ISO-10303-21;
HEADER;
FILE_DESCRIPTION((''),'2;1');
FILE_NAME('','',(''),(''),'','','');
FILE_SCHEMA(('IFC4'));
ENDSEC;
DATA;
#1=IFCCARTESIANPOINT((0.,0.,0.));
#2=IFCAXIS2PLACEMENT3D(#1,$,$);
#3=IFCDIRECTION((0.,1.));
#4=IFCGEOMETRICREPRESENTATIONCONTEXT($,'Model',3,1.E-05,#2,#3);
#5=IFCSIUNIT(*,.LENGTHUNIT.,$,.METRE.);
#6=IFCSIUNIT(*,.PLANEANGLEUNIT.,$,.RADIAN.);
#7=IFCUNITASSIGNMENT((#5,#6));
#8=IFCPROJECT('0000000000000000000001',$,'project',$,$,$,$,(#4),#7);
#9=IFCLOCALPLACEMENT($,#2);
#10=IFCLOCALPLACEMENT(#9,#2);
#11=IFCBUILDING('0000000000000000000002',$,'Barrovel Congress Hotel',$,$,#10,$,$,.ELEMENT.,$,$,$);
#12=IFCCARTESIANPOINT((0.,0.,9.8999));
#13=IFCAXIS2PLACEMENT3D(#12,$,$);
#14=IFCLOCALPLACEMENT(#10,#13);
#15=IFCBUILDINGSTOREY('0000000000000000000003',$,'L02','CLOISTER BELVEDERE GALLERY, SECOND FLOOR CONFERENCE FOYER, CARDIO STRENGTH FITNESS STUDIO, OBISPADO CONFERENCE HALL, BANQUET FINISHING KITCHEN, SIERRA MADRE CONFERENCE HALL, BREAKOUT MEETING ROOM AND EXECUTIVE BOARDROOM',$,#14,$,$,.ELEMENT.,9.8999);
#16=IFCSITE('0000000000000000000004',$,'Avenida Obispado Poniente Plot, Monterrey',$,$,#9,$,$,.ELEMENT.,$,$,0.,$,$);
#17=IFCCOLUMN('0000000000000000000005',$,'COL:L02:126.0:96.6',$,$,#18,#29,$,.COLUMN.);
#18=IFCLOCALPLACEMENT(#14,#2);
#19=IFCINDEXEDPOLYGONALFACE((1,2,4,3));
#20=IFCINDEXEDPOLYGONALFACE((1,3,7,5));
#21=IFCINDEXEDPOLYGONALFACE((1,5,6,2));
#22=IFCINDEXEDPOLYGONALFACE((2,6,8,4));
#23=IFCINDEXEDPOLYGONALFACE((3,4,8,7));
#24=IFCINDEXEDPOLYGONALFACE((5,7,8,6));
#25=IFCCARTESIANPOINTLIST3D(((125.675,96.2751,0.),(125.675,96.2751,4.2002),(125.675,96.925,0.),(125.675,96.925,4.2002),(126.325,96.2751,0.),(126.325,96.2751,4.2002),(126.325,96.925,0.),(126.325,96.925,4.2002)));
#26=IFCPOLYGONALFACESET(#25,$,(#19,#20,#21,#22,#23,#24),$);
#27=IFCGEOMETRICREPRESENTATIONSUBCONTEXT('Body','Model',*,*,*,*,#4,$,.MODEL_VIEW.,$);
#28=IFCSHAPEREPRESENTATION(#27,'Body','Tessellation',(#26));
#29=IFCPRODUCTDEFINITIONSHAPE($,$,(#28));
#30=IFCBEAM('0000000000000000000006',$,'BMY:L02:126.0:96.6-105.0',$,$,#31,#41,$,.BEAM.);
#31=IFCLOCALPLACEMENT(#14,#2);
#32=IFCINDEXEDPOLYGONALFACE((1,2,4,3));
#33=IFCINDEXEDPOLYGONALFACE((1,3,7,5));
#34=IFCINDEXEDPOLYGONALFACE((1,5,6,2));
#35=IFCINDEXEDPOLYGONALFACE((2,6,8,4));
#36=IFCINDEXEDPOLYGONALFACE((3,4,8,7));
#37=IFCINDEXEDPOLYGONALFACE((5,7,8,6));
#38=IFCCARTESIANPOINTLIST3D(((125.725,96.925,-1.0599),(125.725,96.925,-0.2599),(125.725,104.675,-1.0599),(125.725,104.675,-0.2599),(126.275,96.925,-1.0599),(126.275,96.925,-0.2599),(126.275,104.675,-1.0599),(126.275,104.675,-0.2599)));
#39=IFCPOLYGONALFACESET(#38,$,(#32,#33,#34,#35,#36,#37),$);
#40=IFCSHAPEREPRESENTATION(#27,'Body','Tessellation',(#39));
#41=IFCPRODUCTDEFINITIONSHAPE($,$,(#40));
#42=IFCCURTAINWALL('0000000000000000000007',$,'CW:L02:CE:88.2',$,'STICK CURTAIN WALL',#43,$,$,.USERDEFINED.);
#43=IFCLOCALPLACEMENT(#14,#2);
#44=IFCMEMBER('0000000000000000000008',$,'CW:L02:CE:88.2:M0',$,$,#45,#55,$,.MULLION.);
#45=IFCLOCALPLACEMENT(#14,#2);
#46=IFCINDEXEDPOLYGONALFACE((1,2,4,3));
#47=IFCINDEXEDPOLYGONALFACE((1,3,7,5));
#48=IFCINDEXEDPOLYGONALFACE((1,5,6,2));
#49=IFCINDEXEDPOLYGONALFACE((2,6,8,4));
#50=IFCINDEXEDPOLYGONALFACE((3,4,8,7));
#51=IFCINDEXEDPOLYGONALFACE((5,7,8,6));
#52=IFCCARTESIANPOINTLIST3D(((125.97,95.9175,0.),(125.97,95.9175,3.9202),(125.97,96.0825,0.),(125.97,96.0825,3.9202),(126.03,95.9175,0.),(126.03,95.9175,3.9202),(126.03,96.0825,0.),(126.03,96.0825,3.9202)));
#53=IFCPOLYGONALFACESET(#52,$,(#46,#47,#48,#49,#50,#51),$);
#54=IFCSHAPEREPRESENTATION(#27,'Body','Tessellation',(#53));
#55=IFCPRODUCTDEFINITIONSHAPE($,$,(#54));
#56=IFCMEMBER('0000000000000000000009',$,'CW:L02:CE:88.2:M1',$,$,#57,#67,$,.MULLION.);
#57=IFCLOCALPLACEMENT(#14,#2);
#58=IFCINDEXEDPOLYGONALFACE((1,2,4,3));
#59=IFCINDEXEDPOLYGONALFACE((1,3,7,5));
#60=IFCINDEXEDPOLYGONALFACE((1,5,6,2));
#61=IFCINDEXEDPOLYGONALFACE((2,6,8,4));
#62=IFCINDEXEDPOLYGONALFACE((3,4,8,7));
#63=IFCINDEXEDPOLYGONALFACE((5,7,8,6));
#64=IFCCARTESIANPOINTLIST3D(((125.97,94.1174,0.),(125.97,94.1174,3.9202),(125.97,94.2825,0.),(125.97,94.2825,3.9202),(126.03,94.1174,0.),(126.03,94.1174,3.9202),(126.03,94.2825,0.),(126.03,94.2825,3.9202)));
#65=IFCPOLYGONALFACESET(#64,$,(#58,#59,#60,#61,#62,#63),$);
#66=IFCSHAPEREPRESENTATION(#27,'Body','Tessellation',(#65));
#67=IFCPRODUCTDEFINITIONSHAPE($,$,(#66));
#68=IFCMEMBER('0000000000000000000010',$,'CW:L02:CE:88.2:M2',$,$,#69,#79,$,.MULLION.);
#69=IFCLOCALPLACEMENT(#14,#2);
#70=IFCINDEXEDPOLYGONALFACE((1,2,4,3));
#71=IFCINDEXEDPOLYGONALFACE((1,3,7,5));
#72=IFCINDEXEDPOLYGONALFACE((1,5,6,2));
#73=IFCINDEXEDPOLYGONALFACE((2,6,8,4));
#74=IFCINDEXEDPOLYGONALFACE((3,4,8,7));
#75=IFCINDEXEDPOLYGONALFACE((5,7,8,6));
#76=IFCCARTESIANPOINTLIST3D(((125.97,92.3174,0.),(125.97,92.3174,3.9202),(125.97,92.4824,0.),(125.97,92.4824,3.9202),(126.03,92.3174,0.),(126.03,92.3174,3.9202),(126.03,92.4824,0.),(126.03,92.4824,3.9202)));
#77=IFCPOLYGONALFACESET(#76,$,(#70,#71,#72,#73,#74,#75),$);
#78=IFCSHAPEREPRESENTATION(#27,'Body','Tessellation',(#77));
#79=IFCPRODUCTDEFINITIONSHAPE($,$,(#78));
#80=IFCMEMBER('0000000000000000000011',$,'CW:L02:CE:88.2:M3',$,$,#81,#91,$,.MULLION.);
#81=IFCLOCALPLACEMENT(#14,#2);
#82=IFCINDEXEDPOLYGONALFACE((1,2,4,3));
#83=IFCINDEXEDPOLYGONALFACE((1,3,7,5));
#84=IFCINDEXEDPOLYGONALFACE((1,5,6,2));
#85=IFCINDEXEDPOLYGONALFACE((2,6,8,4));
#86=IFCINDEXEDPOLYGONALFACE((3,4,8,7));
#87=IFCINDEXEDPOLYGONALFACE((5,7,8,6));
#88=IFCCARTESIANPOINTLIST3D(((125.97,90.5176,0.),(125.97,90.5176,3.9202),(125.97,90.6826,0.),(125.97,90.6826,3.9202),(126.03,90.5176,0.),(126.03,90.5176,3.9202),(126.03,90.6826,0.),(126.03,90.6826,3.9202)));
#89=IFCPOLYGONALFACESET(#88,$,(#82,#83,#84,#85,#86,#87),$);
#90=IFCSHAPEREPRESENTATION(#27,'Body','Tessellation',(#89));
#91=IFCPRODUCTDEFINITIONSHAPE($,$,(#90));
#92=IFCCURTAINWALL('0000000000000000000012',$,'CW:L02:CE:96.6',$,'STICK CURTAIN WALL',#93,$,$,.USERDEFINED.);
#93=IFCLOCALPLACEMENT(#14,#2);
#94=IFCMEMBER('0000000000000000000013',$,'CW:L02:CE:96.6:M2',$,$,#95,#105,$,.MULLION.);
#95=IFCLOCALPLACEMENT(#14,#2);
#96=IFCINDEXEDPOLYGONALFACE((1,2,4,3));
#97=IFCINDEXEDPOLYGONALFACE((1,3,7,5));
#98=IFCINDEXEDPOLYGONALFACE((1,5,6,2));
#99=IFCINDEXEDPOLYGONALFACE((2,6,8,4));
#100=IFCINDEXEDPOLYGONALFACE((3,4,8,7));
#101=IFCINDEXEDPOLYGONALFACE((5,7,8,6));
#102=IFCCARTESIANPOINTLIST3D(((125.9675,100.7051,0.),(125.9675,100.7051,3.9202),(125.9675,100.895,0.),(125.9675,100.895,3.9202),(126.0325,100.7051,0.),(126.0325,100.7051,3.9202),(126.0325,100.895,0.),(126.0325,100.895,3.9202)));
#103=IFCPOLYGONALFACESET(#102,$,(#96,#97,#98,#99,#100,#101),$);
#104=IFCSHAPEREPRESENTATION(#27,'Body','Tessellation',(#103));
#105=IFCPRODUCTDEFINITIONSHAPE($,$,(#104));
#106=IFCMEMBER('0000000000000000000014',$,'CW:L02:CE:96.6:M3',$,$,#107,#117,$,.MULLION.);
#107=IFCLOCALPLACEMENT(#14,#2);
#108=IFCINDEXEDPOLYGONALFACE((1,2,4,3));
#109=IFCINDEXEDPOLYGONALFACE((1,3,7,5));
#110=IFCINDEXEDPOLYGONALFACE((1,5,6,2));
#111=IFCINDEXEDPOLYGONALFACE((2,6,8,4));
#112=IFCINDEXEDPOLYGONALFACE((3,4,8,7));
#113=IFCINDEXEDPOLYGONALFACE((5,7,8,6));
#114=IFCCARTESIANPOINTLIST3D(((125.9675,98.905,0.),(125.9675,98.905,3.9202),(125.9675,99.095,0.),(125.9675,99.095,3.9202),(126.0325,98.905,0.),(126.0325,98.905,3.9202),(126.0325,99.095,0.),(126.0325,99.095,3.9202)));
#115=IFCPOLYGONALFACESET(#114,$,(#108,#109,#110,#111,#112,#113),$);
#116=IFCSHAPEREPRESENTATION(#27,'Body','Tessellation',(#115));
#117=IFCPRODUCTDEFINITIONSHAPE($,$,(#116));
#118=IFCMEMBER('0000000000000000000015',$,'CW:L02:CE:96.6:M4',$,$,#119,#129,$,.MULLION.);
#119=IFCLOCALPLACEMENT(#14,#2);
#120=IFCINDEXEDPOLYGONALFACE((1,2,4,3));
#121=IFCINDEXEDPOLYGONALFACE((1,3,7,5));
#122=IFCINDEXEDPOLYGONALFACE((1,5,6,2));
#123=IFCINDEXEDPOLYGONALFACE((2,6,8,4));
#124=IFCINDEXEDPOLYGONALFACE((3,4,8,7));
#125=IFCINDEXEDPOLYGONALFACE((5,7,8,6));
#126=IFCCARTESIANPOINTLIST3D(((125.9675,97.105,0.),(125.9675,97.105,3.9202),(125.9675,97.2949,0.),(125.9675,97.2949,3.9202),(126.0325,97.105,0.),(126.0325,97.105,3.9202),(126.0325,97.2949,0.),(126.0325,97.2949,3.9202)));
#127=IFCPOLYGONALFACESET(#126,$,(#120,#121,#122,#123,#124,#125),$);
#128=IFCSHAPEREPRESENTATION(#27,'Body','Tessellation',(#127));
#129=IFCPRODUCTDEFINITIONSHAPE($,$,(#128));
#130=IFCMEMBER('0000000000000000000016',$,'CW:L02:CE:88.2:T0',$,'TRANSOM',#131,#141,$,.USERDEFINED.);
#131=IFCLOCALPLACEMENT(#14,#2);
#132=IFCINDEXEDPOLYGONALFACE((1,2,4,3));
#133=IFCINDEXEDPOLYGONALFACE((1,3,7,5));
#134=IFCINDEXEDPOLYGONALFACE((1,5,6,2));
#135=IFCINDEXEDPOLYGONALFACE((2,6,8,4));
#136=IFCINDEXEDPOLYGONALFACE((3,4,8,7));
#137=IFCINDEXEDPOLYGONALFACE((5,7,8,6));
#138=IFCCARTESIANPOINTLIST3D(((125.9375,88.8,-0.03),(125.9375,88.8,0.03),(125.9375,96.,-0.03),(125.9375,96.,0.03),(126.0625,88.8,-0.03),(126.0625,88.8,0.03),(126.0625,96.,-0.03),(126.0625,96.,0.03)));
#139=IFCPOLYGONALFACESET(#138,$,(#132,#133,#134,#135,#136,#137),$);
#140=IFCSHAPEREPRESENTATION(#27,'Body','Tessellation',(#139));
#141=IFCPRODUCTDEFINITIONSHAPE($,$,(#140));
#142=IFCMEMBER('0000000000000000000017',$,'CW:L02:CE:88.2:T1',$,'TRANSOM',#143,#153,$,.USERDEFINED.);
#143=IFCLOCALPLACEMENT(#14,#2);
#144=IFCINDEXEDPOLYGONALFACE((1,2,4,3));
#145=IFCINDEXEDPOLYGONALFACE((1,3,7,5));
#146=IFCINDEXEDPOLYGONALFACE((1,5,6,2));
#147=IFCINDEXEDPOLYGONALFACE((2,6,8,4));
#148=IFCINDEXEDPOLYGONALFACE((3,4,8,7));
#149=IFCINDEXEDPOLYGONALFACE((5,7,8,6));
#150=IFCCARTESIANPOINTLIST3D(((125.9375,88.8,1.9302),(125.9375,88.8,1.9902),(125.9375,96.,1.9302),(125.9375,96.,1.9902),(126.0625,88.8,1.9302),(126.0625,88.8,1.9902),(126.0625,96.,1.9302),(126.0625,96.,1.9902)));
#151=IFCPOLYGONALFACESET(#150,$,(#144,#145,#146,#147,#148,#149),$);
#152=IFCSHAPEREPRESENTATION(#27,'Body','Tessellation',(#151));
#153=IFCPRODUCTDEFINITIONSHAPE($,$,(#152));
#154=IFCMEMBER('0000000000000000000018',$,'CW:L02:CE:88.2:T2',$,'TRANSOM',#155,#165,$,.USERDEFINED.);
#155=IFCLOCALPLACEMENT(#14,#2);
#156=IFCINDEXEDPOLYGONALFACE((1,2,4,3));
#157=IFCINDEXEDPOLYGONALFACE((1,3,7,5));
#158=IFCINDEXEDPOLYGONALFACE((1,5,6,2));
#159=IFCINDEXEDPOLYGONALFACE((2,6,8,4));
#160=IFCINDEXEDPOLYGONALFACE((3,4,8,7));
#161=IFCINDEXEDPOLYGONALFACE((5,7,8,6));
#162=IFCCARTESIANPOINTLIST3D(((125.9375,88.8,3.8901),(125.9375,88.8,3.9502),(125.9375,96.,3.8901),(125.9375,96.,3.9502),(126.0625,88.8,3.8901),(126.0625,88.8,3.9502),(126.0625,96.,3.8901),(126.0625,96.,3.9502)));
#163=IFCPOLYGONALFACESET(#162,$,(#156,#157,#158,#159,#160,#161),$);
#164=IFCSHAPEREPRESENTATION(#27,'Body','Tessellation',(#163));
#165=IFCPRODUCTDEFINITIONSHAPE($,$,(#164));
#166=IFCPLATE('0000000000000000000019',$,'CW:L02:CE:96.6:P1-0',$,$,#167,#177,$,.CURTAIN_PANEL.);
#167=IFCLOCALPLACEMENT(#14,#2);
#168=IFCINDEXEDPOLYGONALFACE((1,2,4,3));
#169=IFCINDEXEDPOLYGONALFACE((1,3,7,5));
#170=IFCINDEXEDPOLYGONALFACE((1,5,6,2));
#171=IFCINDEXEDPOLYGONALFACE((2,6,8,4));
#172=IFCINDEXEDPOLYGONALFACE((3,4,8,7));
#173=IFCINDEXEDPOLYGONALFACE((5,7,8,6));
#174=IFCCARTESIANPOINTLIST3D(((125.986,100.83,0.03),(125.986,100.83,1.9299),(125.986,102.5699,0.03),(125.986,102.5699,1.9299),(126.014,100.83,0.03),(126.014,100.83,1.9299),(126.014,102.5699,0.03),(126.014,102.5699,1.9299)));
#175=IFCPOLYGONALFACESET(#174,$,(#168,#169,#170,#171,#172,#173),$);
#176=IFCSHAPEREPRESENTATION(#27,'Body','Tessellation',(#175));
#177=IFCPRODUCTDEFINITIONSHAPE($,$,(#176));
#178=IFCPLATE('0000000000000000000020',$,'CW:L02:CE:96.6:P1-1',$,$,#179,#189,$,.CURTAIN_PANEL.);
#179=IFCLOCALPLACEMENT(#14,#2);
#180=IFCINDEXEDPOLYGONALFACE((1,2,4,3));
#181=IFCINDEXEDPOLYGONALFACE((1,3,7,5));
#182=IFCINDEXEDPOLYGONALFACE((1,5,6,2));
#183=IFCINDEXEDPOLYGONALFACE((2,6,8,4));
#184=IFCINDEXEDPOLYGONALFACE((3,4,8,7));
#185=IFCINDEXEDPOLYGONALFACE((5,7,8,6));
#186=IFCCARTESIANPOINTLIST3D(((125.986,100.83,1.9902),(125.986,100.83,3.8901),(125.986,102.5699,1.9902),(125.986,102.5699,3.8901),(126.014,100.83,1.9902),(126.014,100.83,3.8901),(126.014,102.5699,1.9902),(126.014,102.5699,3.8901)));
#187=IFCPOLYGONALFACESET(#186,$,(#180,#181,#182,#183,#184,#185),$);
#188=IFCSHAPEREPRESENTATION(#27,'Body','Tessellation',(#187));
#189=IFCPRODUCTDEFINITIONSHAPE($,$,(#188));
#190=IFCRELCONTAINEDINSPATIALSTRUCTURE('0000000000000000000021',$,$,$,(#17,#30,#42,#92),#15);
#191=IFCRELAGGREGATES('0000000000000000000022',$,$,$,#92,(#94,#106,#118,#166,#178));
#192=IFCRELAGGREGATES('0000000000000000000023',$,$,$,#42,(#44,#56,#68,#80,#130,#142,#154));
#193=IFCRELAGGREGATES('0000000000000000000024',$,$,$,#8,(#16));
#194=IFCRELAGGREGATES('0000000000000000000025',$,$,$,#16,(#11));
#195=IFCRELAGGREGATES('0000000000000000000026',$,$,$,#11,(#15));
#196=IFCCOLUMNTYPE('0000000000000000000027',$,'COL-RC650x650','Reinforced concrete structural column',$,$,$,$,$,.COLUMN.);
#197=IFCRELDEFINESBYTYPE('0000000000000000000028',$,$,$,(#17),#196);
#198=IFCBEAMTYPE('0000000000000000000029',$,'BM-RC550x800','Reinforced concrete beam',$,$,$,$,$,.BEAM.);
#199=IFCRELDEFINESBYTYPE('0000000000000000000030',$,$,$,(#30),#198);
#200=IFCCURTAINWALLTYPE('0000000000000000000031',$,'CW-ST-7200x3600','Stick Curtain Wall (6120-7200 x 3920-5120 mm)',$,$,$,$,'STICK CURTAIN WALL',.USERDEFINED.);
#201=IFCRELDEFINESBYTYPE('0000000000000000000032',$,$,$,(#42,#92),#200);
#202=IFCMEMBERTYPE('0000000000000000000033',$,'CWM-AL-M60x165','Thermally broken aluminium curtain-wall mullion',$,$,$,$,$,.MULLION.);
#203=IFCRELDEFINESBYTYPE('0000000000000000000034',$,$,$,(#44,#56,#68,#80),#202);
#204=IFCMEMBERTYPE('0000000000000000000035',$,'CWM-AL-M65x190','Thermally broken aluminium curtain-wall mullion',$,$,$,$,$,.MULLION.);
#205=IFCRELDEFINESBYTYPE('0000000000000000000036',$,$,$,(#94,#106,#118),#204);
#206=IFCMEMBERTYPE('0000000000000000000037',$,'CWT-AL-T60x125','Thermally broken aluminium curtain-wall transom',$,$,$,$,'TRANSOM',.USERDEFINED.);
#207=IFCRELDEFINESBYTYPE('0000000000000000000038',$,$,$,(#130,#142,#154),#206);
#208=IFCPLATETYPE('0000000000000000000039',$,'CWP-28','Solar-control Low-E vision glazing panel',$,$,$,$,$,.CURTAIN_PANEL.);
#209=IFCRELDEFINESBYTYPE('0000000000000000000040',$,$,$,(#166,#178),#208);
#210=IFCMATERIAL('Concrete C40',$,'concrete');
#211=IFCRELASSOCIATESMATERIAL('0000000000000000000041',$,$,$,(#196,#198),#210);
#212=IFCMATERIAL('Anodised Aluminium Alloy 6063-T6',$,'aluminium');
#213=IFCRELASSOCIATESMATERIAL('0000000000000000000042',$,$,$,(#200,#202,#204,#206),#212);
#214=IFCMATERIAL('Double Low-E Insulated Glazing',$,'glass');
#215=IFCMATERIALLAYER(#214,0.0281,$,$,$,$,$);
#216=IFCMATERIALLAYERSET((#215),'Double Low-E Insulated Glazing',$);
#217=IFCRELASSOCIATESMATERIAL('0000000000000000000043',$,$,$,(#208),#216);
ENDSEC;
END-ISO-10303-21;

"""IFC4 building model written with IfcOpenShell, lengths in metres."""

from ifc_helpers import new_model, si_unit, direction, frame, origin, origin_2d, place, context, subcontext, project, spatial, rectangle, extrude, material, layer, layer_set, material_profile, profile_set, type_object, element, aggregate, save


model = new_model("IFC4")

# Units and contexts
model_context = context("Model", 3, precision=1e-05, world=origin(), true_north=direction((0.0, 1.0)))
body_context = subcontext(model_context, "Body", "Model", "MODEL_VIEW")
ifc_project = project(units=[si_unit("LENGTHUNIT", "METRE"), si_unit("PLANEANGLEUNIT", "RADIAN")], contexts=[model_context])

# Site, building, storey
site_placement = place(None, origin())
site = spatial("IfcSite", under=ifc_project, at=site_placement, Name="Avenida Obispado Poniente Plot, Monterrey", CompositionType="ELEMENT", RefElevation=0.0)
building_placement = place(site_placement, origin())
building = spatial("IfcBuilding", under=site, at=building_placement, Name="Barrovel Congress Hotel", CompositionType="ELEMENT")
storey_placement = place(building_placement, frame((0.0, 0.0, 9.8999)))
storey = spatial("IfcBuildingStorey", under=building, at=storey_placement, Name="L02", Description="CLOISTER BELVEDERE GALLERY, SECOND FLOOR CONFERENCE FOYER, CARDIO STRENGTH FITNESS STUDIO, OBISPADO CONFERENCE HALL, BANQUET FINISHING KITCHEN, SIERRA MADRE CONFERENCE HALL, BREAKOUT MEETING ROOM AND EXECUTIVE BOARDROOM", CompositionType="ELEMENT", Elevation=9.8999)

# Column
ifc_material_1 = material(Name="Concrete C40", Category="concrete")
ifc_material_profile_1 = material_profile(ifc_material_1, rectangle(XDim=0.6499, YDim=0.6499, at=origin_2d()), Name="RC650x650")
ifc_profile_set_1 = profile_set([ifc_material_profile_1], Name="Concrete C40")
column_type = type_object("IfcColumnType", Name="COL-RC650x650", Description="Reinforced concrete structural column", PredefinedType="COLUMN", material=ifc_profile_set_1)
column_placement = place(storey_placement, frame((126.0, 96.6001, 0.0), z_axis=(0.0, 0.0, 1.0), x_axis=(1.0, 0.0, 0.0)))
element("IfcColumn", 1, at=column_placement, inside=storey, type_object=column_type, Name="COL:L02:126.0:96.6", PredefinedType="COLUMN", context=body_context, shape_type="SweptSolid", body=[
    extrude(rectangle(XDim=0.6499, YDim=0.6499, at=origin_2d()), origin(), (0.0, 0.0, 1.0), 4.2002),
])

# Beam
ifc_material_profile_2 = material_profile(ifc_material_1, rectangle(XDim=0.55, YDim=0.8, at=origin_2d()), Name="RC550x800")
ifc_profile_set_2 = profile_set([ifc_material_profile_2], Name="Concrete C40")
beam_type = type_object("IfcBeamType", Name="BM-RC550x800", Description="Reinforced concrete beam", PredefinedType="BEAM", material=ifc_profile_set_2)
beam_placement = place(storey_placement, frame((126.0, 96.925, -0.6599), z_axis=(0.0, 1.0, 0.0), x_axis=(-1.0, 0.0, 0.0)))
element("IfcBeam", 2, at=beam_placement, inside=storey, type_object=beam_type, Name="BMY:L02:126.0:96.6-105.0", PredefinedType="BEAM", context=body_context, shape_type="SweptSolid", body=[
    extrude(rectangle(XDim=0.55, YDim=0.8, at=origin_2d()), origin(), (0.0, 0.0, 1.0), 7.75),
])

# Curtain walls, members
ifc_material_2 = material(Name="Anodised Aluminium Alloy 6063-T6", Category="aluminium")
curtain_wall_type = type_object("IfcCurtainWallType", Name="CW-ST-7200x3600", Description="Stick Curtain Wall (6120-7200 x 3920-5120 mm)", ElementType="STICK CURTAIN WALL", PredefinedType="USERDEFINED", material=ifc_material_2)
curtain_wall_1_placement = place(storey_placement, origin())
curtain_wall_1 = element("IfcCurtainWall", 3, at=curtain_wall_1_placement, inside=storey, type_object=curtain_wall_type, Name="CW:L02:CE:88.2", ObjectType="STICK CURTAIN WALL", PredefinedType="USERDEFINED")
ifc_material_profile_3 = material_profile(ifc_material_2, rectangle(XDim=0.0601, YDim=0.165, at=origin_2d()), Name="AL-M60x165")
ifc_profile_set_3 = profile_set([ifc_material_profile_3], Name="Anodised Aluminium Alloy 6063-T6")
member_type_1 = type_object("IfcMemberType", Name="CWM-AL-M60x165", Description="Thermally broken aluminium curtain-wall mullion", PredefinedType="MULLION", material=ifc_profile_set_3)
member_1_placement = place(storey_placement, frame((126.0, 96.0, 0.0), z_axis=(0.0, 0.0, 1.0), x_axis=(1.0, 0.0, 0.0)))
member_1 = element("IfcMember", 4, at=member_1_placement, type_object=member_type_1, Name="CW:L02:CE:88.2:M0", PredefinedType="MULLION", context=body_context, shape_type="SweptSolid", body=[
    extrude(rectangle(XDim=0.0601, YDim=0.165, at=origin_2d()), origin(), (0.0, 0.0, 1.0), 3.9202),
])
member_2_placement = place(storey_placement, frame((126.0, 94.2, 0.0), z_axis=(0.0, 0.0, 1.0), x_axis=(1.0, 0.0, 0.0)))
member_2 = element("IfcMember", 5, at=member_2_placement, type_object=member_type_1, Name="CW:L02:CE:88.2:M1", PredefinedType="MULLION", context=body_context, shape_type="SweptSolid", body=[
    extrude(rectangle(XDim=0.0601, YDim=0.165, at=origin_2d()), origin(), (0.0, 0.0, 1.0), 3.9202),
])
member_3_placement = place(storey_placement, frame((126.0, 92.3999, 0.0), z_axis=(0.0, 0.0, 1.0), x_axis=(1.0, 0.0, 0.0)))
member_3 = element("IfcMember", 6, at=member_3_placement, type_object=member_type_1, Name="CW:L02:CE:88.2:M2", PredefinedType="MULLION", context=body_context, shape_type="SweptSolid", body=[
    extrude(rectangle(XDim=0.0601, YDim=0.165, at=origin_2d()), origin(), (0.0, 0.0, 1.0), 3.9202),
])
member_4_placement = place(storey_placement, frame((126.0, 90.6001, 0.0), z_axis=(0.0, 0.0, 1.0), x_axis=(1.0, 0.0, 0.0)))
member_4 = element("IfcMember", 7, at=member_4_placement, type_object=member_type_1, Name="CW:L02:CE:88.2:M3", PredefinedType="MULLION", context=body_context, shape_type="SweptSolid", body=[
    extrude(rectangle(XDim=0.0601, YDim=0.165, at=origin_2d()), origin(), (0.0, 0.0, 1.0), 3.9202),
])
curtain_wall_2_placement = place(storey_placement, origin())
curtain_wall_2 = element("IfcCurtainWall", 8, at=curtain_wall_2_placement, inside=storey, type_object=curtain_wall_type, Name="CW:L02:CE:96.6", ObjectType="STICK CURTAIN WALL", PredefinedType="USERDEFINED")
ifc_material_profile_4 = material_profile(ifc_material_2, rectangle(XDim=0.0649, YDim=0.1899, at=origin_2d()), Name="AL-M65x190")
ifc_profile_set_4 = profile_set([ifc_material_profile_4], Name="Anodised Aluminium Alloy 6063-T6")
member_type_2 = type_object("IfcMemberType", Name="CWM-AL-M65x190", Description="Thermally broken aluminium curtain-wall mullion", PredefinedType="MULLION", material=ifc_profile_set_4)
member_5_placement = place(storey_placement, frame((126.0, 100.8, 0.0), z_axis=(0.0, 0.0, 1.0), x_axis=(1.0, 0.0, 0.0)))
member_5 = element("IfcMember", 9, at=member_5_placement, type_object=member_type_2, Name="CW:L02:CE:96.6:M2", PredefinedType="MULLION", context=body_context, shape_type="SweptSolid", body=[
    extrude(rectangle(XDim=0.0649, YDim=0.1899, at=origin_2d()), origin(), (0.0, 0.0, 1.0), 3.9202),
])
member_6_placement = place(storey_placement, frame((126.0, 99.0, 0.0), z_axis=(0.0, 0.0, 1.0), x_axis=(1.0, 0.0, 0.0)))
member_6 = element("IfcMember", 10, at=member_6_placement, type_object=member_type_2, Name="CW:L02:CE:96.6:M3", PredefinedType="MULLION", context=body_context, shape_type="SweptSolid", body=[
    extrude(rectangle(XDim=0.0649, YDim=0.1899, at=origin_2d()), origin(), (0.0, 0.0, 1.0), 3.9202),
])
member_7_placement = place(storey_placement, frame((126.0, 97.2, 0.0), z_axis=(0.0, 0.0, 1.0), x_axis=(1.0, 0.0, 0.0)))
member_7 = element("IfcMember", 11, at=member_7_placement, type_object=member_type_2, Name="CW:L02:CE:96.6:M4", PredefinedType="MULLION", context=body_context, shape_type="SweptSolid", body=[
    extrude(rectangle(XDim=0.0649, YDim=0.1899, at=origin_2d()), origin(), (0.0, 0.0, 1.0), 3.9202),
])

# Members
ifc_material_profile_5 = material_profile(ifc_material_2, rectangle(XDim=0.125, YDim=0.0601, at=origin_2d()), Name="AL-T60x125")
ifc_profile_set_5 = profile_set([ifc_material_profile_5], Name="Anodised Aluminium Alloy 6063-T6")
member_type_3 = type_object("IfcMemberType", Name="CWT-AL-T60x125", Description="Thermally broken aluminium curtain-wall transom", ElementType="TRANSOM", PredefinedType="USERDEFINED", material=ifc_profile_set_5)
member_8_placement = place(storey_placement, frame((126.0, 96.0, 0.0), z_axis=(0.0, -1.0, 0.0), x_axis=(1.0, 0.0, 0.0)))
member_8 = element("IfcMember", 12, at=member_8_placement, type_object=member_type_3, Name="CW:L02:CE:88.2:T0", ObjectType="TRANSOM", PredefinedType="USERDEFINED", context=body_context, shape_type="SweptSolid", body=[
    extrude(rectangle(XDim=0.125, YDim=0.0601, at=origin_2d()), origin(), (0.0, 0.0, 1.0), 7.2),
])
member_9_placement = place(storey_placement, frame((126.0, 96.0, 1.9602), z_axis=(0.0, -1.0, 0.0), x_axis=(1.0, 0.0, 0.0)))
member_9 = element("IfcMember", 13, at=member_9_placement, type_object=member_type_3, Name="CW:L02:CE:88.2:T1", ObjectType="TRANSOM", PredefinedType="USERDEFINED", context=body_context, shape_type="SweptSolid", body=[
    extrude(rectangle(XDim=0.125, YDim=0.0601, at=origin_2d()), origin(), (0.0, 0.0, 1.0), 7.2),
])
member_10_placement = place(storey_placement, frame((126.0, 96.0, 3.9202), z_axis=(0.0, -1.0, 0.0), x_axis=(1.0, 0.0, 0.0)))
member_10 = element("IfcMember", 14, at=member_10_placement, type_object=member_type_3, Name="CW:L02:CE:88.2:T2", ObjectType="TRANSOM", PredefinedType="USERDEFINED", context=body_context, shape_type="SweptSolid", body=[
    extrude(rectangle(XDim=0.125, YDim=0.0601, at=origin_2d()), origin(), (0.0, 0.0, 1.0), 7.2),
])

# Plates
ifc_material_3 = material(Name="Double Low-E Insulated Glazing", Category="glass")
ifc_layer_1 = layer(ifc_material_3, 0.0281)
ifc_layer_set_1 = layer_set([ifc_layer_1], Name="Double Low-E Insulated Glazing")
plate_type_1 = type_object("IfcPlateType", Name="CWP-28", Description="Solar-control Low-E vision glazing panel", PredefinedType="CURTAIN_PANEL", material=ifc_layer_set_1)
plate_1_placement = place(storey_placement, frame((126.0, 101.7, 0.03), z_axis=(0.0, 0.0, 1.0), x_axis=(0.0, -1.0, 0.0)))
plate_1 = element("IfcPlate", 15, at=plate_1_placement, type_object=plate_type_1, Name="CW:L02:CE:96.6:P1-0", PredefinedType="CURTAIN_PANEL", context=body_context, shape_type="SweptSolid", body=[
    extrude(rectangle(XDim=1.74, YDim=0.0281, at=origin_2d()), origin(), (0.0, 0.0, 1.0), 1.8999),
])
plate_2_placement = place(storey_placement, frame((126.0, 101.7, 1.9902), z_axis=(0.0, 0.0, 1.0), x_axis=(0.0, -1.0, 0.0)))
plate_2 = element("IfcPlate", 16, at=plate_2_placement, type_object=plate_type_1, Name="CW:L02:CE:96.6:P1-1", PredefinedType="CURTAIN_PANEL", context=body_context, shape_type="SweptSolid", body=[
    extrude(rectangle(XDim=1.74, YDim=0.0281, at=origin_2d()), origin(), (0.0, 0.0, 1.0), 1.8999),
])
aggregate(curtain_wall_2, [member_5, member_6, member_7, plate_1, plate_2])
aggregate(curtain_wall_1, [member_1, member_2, member_3, member_4, member_8, member_9, member_10])

save(model, "model.ifc")
